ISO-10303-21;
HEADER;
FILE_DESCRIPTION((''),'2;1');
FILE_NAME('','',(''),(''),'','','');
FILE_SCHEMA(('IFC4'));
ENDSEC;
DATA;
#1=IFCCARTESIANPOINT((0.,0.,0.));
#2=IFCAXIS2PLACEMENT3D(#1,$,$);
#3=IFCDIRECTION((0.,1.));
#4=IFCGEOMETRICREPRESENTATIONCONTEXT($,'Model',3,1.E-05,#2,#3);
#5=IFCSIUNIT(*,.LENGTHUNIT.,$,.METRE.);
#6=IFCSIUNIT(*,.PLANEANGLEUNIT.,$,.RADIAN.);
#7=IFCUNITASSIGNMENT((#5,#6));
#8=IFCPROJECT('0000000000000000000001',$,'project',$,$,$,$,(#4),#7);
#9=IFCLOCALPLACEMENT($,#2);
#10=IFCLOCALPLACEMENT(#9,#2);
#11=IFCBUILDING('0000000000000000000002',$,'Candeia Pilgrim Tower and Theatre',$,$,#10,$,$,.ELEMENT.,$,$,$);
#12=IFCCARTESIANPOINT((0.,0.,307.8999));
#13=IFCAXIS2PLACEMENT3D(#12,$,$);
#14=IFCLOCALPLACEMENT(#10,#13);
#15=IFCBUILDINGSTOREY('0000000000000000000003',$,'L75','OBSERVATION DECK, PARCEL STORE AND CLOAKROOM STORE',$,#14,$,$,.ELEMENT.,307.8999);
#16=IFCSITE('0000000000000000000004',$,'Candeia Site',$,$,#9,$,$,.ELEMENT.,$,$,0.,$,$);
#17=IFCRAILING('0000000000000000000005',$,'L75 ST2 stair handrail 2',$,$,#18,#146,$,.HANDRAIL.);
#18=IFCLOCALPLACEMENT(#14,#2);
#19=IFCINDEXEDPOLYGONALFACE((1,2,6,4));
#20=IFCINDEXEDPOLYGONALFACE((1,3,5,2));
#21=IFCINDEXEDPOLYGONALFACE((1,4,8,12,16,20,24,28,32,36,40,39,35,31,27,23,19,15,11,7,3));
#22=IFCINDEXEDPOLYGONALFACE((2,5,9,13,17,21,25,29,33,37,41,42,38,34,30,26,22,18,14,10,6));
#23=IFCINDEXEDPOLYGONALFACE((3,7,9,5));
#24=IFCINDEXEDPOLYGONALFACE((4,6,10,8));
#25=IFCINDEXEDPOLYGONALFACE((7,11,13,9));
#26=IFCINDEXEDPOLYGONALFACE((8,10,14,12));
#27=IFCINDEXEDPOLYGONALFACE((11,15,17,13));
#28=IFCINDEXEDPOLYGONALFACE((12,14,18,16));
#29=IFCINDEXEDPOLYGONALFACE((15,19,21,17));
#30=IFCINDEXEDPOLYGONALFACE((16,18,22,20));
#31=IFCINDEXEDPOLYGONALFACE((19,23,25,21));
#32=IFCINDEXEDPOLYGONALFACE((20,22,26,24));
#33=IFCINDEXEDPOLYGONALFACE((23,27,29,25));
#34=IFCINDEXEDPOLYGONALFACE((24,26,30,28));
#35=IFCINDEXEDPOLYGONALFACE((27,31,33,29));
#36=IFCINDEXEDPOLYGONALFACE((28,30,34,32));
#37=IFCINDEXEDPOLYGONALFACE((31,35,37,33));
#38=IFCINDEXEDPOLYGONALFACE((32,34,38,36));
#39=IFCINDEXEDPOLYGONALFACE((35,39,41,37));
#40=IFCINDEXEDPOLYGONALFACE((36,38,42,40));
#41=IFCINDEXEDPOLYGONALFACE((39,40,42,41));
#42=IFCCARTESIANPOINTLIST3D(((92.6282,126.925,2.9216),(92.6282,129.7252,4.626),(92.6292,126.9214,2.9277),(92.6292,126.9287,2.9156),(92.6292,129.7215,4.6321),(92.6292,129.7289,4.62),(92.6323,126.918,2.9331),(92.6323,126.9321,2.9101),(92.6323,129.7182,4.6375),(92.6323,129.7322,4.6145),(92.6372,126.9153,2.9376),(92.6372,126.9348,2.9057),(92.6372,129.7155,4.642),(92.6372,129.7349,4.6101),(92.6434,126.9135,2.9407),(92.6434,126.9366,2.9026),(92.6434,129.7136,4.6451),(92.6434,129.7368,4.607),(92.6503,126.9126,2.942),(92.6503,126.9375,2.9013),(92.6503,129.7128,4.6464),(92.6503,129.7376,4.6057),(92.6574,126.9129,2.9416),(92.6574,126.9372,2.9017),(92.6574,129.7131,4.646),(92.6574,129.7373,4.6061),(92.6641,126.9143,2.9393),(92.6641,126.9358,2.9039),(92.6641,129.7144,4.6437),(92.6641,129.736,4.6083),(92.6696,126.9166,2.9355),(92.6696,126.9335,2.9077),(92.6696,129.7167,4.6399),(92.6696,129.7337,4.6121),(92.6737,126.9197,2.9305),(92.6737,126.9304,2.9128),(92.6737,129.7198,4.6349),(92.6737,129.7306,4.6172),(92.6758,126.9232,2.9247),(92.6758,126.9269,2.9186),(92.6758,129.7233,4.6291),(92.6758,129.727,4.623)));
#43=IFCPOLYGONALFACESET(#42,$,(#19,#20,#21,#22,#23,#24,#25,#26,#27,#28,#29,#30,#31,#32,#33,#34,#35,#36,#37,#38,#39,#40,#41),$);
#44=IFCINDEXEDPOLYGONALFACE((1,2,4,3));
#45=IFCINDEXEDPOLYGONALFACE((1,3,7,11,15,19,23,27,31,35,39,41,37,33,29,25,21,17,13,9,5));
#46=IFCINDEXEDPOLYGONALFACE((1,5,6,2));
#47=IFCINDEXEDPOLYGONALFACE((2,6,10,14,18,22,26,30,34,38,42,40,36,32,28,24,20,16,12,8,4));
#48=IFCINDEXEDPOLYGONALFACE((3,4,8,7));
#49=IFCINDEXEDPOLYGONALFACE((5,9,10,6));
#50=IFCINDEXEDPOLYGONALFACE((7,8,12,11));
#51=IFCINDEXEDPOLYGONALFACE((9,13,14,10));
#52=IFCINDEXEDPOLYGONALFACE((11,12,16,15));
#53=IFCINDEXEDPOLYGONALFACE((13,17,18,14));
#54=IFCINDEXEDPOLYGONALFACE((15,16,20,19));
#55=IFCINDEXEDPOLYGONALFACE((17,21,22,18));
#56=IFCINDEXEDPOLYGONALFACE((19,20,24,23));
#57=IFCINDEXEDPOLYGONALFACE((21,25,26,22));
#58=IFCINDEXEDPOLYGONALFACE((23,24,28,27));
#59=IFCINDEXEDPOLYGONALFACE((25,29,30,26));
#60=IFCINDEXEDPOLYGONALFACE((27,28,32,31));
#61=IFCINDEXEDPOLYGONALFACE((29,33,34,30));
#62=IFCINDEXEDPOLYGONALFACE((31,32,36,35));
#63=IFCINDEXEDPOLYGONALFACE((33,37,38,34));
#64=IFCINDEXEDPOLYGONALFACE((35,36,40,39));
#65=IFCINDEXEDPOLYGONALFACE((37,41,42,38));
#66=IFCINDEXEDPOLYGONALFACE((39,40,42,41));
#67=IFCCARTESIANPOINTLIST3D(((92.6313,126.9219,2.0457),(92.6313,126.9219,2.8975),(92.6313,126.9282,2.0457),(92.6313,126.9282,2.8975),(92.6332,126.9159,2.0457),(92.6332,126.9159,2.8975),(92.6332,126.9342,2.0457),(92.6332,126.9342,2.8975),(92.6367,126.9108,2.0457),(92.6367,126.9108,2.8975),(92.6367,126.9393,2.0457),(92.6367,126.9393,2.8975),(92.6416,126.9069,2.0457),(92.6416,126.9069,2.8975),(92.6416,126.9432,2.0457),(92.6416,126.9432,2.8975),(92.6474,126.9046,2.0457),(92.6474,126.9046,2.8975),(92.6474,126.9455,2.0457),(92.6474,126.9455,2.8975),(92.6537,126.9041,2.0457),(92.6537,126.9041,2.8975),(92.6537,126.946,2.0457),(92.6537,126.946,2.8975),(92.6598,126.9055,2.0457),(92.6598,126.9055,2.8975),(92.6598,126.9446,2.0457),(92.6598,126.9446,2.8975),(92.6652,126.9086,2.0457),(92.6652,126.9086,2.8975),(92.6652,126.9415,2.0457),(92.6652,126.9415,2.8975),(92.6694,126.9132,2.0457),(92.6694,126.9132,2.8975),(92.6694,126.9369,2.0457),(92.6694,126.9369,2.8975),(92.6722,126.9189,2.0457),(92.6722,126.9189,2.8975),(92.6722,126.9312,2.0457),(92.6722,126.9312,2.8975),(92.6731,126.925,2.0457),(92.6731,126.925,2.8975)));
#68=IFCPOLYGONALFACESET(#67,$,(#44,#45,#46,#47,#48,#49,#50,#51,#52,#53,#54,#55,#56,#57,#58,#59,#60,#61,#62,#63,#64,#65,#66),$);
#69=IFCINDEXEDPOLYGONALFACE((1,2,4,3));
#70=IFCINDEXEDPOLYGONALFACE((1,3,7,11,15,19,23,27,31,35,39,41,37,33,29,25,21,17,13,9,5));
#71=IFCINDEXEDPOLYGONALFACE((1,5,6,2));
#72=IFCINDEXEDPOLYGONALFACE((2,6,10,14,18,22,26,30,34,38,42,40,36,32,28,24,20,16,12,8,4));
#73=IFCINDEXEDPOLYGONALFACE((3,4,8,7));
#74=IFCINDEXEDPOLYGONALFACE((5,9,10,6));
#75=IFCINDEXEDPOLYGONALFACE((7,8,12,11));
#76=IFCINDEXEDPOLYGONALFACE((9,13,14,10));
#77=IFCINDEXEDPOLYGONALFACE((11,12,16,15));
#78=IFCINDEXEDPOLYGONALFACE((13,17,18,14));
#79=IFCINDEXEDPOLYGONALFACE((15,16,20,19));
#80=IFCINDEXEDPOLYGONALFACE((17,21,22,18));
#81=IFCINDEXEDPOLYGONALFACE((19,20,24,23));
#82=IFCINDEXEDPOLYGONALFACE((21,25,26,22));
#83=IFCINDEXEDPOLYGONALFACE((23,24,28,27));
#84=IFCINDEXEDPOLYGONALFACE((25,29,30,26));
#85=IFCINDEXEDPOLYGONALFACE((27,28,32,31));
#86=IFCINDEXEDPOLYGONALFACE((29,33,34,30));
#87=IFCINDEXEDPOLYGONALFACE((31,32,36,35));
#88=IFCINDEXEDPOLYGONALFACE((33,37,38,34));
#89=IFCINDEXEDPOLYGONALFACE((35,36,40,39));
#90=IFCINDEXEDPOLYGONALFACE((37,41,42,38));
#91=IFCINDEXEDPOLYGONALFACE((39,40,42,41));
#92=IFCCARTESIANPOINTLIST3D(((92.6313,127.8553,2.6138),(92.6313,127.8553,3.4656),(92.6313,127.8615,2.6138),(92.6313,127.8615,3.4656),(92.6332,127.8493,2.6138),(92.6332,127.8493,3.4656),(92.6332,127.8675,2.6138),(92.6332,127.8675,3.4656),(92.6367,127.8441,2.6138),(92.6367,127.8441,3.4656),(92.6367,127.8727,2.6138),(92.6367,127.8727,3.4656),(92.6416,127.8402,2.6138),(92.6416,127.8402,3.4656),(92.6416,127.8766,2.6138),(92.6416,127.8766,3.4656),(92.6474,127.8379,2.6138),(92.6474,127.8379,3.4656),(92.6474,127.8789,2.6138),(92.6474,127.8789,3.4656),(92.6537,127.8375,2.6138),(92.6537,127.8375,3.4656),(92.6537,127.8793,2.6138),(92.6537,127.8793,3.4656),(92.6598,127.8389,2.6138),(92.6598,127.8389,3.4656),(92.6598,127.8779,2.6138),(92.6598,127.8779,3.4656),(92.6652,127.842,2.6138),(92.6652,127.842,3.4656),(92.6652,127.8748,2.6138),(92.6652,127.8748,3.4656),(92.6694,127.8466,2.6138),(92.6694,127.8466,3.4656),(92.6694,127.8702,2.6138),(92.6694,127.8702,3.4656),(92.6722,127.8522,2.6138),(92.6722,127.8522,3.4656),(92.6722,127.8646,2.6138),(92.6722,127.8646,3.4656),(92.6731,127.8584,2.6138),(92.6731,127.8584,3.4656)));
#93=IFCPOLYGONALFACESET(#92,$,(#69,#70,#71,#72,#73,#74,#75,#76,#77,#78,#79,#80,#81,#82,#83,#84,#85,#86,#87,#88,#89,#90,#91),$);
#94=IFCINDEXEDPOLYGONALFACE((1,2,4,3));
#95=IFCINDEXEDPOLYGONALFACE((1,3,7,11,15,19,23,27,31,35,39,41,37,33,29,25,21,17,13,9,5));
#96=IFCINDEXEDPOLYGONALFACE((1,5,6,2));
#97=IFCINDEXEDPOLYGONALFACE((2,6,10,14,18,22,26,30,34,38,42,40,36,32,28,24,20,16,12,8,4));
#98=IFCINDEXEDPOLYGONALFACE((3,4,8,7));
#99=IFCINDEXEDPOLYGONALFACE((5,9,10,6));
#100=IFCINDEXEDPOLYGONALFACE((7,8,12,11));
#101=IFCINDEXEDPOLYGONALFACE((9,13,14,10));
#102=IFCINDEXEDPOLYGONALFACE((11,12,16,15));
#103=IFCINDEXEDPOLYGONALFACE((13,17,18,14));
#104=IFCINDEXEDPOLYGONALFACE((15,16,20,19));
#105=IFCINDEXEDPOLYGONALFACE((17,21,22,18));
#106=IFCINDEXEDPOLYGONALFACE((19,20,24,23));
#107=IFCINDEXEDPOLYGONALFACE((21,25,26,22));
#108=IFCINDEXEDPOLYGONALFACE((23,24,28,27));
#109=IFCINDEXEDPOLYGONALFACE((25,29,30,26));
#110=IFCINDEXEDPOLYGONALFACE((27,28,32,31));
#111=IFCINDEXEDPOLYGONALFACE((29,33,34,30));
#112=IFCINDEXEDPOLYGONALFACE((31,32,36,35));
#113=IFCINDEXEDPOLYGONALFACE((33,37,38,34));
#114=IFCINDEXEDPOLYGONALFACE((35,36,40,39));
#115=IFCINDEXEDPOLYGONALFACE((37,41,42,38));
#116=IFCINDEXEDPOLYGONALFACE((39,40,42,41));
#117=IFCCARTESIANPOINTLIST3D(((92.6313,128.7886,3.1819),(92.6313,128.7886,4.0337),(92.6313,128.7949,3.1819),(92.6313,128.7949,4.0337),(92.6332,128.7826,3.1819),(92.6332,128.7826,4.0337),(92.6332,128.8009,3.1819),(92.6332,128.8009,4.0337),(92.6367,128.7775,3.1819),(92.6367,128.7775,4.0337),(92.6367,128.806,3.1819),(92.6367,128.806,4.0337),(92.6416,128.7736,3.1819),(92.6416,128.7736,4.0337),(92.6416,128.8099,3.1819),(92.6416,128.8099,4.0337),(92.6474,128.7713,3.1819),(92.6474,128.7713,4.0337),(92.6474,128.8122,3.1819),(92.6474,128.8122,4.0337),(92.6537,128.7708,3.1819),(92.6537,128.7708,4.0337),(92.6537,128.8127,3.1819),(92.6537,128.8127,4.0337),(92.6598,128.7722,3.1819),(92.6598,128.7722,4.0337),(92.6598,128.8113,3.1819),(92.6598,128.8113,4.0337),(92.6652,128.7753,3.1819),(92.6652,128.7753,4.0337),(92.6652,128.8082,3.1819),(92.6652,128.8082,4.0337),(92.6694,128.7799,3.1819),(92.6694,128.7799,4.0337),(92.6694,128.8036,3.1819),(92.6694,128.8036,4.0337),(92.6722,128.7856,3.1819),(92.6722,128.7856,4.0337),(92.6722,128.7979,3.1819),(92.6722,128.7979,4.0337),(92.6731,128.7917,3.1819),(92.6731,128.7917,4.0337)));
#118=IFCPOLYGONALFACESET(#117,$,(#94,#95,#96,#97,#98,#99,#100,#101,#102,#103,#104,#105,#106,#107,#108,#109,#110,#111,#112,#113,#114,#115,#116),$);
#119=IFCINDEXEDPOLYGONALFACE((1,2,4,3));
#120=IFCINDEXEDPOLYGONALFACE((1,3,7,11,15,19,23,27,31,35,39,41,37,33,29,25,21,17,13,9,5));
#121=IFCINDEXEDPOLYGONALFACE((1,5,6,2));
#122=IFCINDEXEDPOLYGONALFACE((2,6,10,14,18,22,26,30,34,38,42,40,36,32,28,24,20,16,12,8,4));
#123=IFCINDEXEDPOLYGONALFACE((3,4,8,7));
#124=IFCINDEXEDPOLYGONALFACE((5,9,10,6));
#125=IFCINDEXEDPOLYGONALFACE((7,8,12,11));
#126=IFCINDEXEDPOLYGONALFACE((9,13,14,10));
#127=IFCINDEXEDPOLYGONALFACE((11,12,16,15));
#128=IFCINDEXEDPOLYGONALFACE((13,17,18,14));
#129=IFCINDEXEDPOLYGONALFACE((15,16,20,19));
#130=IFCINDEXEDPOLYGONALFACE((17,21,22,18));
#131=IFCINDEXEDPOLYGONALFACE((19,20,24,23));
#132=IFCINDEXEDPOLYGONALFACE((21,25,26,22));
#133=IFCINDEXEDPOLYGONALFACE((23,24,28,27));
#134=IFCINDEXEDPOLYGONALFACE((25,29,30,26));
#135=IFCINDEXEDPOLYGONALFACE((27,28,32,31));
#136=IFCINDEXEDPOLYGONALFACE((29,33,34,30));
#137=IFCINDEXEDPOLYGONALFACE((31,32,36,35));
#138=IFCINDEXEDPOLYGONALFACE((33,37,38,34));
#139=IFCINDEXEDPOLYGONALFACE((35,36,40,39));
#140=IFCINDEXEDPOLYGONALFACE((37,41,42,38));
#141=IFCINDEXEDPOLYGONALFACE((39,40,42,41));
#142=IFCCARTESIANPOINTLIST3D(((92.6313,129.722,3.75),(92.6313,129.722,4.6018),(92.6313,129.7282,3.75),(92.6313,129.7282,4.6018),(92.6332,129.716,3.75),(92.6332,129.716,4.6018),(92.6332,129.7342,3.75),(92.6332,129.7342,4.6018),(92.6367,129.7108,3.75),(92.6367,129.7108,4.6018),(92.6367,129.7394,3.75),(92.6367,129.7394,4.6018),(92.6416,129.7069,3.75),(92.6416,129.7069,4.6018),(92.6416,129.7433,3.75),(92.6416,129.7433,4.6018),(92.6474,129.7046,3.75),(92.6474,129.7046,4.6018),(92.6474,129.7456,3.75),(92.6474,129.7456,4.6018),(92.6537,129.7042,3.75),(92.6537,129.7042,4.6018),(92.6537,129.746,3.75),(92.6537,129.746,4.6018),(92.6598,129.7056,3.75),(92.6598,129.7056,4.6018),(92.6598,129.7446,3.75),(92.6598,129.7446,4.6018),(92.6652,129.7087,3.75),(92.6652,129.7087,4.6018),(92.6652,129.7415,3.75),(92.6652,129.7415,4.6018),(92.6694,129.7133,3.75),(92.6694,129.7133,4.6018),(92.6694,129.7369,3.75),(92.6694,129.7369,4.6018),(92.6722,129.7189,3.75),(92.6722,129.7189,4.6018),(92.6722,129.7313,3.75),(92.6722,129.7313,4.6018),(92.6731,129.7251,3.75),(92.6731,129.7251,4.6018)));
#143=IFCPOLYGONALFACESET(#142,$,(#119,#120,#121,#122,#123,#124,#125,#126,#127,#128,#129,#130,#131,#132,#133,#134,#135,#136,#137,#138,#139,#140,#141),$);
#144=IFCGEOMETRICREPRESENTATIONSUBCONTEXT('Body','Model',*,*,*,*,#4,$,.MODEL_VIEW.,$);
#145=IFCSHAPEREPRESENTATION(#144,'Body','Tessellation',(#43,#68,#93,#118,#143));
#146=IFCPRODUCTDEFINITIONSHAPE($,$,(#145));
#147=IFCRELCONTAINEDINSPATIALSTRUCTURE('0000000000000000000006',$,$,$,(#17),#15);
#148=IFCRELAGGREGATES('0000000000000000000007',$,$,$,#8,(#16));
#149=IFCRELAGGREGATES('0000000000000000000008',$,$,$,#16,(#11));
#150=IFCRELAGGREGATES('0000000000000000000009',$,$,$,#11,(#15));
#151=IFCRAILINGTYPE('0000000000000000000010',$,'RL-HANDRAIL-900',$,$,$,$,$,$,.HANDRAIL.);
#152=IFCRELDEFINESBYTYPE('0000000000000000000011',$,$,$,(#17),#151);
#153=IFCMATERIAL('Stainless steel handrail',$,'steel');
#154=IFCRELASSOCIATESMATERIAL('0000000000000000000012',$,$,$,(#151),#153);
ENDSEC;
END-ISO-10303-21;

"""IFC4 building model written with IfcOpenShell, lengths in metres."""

from ifc_helpers import new_model, si_unit, direction, frame, origin, origin_2d, place, context, subcontext, project, spatial, circle, extrude, material, type_object, element, save


model = new_model("IFC4")

# Units and contexts
model_context = context("Model", 3, precision=1e-05, world=origin(), true_north=direction((0.0, 1.0)))
body_context = subcontext(model_context, "Body", "Model", "MODEL_VIEW")
ifc_project = project(units=[si_unit("LENGTHUNIT", "METRE"), si_unit("PLANEANGLEUNIT", "RADIAN")], contexts=[model_context])

# Site, building, storey
site_placement = place(None, origin())
site = spatial("IfcSite", under=ifc_project, at=site_placement, Name="Candeia Site", CompositionType="ELEMENT", RefElevation=0.0)
building_placement = place(site_placement, origin())
building = spatial("IfcBuilding", under=site, at=building_placement, Name="Candeia Pilgrim Tower and Theatre", CompositionType="ELEMENT")
storey_placement = place(building_placement, frame((0.0, 0.0, 307.8999)))
storey = spatial("IfcBuildingStorey", under=building, at=storey_placement, Name="L75", Description="OBSERVATION DECK, PARCEL STORE AND CLOAKROOM STORE", CompositionType="ELEMENT", Elevation=307.8999)

# Railing
ifc_material_1 = material(Name="Stainless steel handrail", Category="steel")
railing_type = type_object("IfcRailingType", Name="RL-HANDRAIL-900", PredefinedType="HANDRAIL", material=ifc_material_1)
for number, where, name in (
    (1, (92.6521, 126.925, 2.0457), "L75 ST2 stair handrail 2"),
):
    element("IfcRailing", number, at=place(storey_placement, frame(where)), inside=storey, type_object=railing_type, Name=name, PredefinedType="HANDRAIL", context=body_context, shape_type="SweptSolid", body=[
        extrude(circle(Radius=0.0239, at=origin_2d()), frame((0.0, 0.0, 0.876), z_axis=(0.0, 0.854203, 0.51994), x_axis=(-1.0, 0.0, 0.0)), (0.0, 0.0, 1.0), 3.2781),
        extrude(circle(Radius=0.021, at=origin_2d()), origin(), (0.0, 0.0, 1.0), 0.8518),
        extrude(circle(Radius=0.021, at=origin_2d()), frame((0.0, 0.9333, 0.5681)), (0.0, 0.0, 1.0), 0.8518),
        extrude(circle(Radius=0.021, at=origin_2d()), frame((0.0, 1.8667, 1.1362)), (0.0, 0.0, 1.0), 0.8518),
        extrude(circle(Radius=0.021, at=origin_2d()), frame((0.0, 2.8, 1.7043)), (0.0, 0.0, 1.0), 0.8518),
    ])

save(model, "model.ifc")
